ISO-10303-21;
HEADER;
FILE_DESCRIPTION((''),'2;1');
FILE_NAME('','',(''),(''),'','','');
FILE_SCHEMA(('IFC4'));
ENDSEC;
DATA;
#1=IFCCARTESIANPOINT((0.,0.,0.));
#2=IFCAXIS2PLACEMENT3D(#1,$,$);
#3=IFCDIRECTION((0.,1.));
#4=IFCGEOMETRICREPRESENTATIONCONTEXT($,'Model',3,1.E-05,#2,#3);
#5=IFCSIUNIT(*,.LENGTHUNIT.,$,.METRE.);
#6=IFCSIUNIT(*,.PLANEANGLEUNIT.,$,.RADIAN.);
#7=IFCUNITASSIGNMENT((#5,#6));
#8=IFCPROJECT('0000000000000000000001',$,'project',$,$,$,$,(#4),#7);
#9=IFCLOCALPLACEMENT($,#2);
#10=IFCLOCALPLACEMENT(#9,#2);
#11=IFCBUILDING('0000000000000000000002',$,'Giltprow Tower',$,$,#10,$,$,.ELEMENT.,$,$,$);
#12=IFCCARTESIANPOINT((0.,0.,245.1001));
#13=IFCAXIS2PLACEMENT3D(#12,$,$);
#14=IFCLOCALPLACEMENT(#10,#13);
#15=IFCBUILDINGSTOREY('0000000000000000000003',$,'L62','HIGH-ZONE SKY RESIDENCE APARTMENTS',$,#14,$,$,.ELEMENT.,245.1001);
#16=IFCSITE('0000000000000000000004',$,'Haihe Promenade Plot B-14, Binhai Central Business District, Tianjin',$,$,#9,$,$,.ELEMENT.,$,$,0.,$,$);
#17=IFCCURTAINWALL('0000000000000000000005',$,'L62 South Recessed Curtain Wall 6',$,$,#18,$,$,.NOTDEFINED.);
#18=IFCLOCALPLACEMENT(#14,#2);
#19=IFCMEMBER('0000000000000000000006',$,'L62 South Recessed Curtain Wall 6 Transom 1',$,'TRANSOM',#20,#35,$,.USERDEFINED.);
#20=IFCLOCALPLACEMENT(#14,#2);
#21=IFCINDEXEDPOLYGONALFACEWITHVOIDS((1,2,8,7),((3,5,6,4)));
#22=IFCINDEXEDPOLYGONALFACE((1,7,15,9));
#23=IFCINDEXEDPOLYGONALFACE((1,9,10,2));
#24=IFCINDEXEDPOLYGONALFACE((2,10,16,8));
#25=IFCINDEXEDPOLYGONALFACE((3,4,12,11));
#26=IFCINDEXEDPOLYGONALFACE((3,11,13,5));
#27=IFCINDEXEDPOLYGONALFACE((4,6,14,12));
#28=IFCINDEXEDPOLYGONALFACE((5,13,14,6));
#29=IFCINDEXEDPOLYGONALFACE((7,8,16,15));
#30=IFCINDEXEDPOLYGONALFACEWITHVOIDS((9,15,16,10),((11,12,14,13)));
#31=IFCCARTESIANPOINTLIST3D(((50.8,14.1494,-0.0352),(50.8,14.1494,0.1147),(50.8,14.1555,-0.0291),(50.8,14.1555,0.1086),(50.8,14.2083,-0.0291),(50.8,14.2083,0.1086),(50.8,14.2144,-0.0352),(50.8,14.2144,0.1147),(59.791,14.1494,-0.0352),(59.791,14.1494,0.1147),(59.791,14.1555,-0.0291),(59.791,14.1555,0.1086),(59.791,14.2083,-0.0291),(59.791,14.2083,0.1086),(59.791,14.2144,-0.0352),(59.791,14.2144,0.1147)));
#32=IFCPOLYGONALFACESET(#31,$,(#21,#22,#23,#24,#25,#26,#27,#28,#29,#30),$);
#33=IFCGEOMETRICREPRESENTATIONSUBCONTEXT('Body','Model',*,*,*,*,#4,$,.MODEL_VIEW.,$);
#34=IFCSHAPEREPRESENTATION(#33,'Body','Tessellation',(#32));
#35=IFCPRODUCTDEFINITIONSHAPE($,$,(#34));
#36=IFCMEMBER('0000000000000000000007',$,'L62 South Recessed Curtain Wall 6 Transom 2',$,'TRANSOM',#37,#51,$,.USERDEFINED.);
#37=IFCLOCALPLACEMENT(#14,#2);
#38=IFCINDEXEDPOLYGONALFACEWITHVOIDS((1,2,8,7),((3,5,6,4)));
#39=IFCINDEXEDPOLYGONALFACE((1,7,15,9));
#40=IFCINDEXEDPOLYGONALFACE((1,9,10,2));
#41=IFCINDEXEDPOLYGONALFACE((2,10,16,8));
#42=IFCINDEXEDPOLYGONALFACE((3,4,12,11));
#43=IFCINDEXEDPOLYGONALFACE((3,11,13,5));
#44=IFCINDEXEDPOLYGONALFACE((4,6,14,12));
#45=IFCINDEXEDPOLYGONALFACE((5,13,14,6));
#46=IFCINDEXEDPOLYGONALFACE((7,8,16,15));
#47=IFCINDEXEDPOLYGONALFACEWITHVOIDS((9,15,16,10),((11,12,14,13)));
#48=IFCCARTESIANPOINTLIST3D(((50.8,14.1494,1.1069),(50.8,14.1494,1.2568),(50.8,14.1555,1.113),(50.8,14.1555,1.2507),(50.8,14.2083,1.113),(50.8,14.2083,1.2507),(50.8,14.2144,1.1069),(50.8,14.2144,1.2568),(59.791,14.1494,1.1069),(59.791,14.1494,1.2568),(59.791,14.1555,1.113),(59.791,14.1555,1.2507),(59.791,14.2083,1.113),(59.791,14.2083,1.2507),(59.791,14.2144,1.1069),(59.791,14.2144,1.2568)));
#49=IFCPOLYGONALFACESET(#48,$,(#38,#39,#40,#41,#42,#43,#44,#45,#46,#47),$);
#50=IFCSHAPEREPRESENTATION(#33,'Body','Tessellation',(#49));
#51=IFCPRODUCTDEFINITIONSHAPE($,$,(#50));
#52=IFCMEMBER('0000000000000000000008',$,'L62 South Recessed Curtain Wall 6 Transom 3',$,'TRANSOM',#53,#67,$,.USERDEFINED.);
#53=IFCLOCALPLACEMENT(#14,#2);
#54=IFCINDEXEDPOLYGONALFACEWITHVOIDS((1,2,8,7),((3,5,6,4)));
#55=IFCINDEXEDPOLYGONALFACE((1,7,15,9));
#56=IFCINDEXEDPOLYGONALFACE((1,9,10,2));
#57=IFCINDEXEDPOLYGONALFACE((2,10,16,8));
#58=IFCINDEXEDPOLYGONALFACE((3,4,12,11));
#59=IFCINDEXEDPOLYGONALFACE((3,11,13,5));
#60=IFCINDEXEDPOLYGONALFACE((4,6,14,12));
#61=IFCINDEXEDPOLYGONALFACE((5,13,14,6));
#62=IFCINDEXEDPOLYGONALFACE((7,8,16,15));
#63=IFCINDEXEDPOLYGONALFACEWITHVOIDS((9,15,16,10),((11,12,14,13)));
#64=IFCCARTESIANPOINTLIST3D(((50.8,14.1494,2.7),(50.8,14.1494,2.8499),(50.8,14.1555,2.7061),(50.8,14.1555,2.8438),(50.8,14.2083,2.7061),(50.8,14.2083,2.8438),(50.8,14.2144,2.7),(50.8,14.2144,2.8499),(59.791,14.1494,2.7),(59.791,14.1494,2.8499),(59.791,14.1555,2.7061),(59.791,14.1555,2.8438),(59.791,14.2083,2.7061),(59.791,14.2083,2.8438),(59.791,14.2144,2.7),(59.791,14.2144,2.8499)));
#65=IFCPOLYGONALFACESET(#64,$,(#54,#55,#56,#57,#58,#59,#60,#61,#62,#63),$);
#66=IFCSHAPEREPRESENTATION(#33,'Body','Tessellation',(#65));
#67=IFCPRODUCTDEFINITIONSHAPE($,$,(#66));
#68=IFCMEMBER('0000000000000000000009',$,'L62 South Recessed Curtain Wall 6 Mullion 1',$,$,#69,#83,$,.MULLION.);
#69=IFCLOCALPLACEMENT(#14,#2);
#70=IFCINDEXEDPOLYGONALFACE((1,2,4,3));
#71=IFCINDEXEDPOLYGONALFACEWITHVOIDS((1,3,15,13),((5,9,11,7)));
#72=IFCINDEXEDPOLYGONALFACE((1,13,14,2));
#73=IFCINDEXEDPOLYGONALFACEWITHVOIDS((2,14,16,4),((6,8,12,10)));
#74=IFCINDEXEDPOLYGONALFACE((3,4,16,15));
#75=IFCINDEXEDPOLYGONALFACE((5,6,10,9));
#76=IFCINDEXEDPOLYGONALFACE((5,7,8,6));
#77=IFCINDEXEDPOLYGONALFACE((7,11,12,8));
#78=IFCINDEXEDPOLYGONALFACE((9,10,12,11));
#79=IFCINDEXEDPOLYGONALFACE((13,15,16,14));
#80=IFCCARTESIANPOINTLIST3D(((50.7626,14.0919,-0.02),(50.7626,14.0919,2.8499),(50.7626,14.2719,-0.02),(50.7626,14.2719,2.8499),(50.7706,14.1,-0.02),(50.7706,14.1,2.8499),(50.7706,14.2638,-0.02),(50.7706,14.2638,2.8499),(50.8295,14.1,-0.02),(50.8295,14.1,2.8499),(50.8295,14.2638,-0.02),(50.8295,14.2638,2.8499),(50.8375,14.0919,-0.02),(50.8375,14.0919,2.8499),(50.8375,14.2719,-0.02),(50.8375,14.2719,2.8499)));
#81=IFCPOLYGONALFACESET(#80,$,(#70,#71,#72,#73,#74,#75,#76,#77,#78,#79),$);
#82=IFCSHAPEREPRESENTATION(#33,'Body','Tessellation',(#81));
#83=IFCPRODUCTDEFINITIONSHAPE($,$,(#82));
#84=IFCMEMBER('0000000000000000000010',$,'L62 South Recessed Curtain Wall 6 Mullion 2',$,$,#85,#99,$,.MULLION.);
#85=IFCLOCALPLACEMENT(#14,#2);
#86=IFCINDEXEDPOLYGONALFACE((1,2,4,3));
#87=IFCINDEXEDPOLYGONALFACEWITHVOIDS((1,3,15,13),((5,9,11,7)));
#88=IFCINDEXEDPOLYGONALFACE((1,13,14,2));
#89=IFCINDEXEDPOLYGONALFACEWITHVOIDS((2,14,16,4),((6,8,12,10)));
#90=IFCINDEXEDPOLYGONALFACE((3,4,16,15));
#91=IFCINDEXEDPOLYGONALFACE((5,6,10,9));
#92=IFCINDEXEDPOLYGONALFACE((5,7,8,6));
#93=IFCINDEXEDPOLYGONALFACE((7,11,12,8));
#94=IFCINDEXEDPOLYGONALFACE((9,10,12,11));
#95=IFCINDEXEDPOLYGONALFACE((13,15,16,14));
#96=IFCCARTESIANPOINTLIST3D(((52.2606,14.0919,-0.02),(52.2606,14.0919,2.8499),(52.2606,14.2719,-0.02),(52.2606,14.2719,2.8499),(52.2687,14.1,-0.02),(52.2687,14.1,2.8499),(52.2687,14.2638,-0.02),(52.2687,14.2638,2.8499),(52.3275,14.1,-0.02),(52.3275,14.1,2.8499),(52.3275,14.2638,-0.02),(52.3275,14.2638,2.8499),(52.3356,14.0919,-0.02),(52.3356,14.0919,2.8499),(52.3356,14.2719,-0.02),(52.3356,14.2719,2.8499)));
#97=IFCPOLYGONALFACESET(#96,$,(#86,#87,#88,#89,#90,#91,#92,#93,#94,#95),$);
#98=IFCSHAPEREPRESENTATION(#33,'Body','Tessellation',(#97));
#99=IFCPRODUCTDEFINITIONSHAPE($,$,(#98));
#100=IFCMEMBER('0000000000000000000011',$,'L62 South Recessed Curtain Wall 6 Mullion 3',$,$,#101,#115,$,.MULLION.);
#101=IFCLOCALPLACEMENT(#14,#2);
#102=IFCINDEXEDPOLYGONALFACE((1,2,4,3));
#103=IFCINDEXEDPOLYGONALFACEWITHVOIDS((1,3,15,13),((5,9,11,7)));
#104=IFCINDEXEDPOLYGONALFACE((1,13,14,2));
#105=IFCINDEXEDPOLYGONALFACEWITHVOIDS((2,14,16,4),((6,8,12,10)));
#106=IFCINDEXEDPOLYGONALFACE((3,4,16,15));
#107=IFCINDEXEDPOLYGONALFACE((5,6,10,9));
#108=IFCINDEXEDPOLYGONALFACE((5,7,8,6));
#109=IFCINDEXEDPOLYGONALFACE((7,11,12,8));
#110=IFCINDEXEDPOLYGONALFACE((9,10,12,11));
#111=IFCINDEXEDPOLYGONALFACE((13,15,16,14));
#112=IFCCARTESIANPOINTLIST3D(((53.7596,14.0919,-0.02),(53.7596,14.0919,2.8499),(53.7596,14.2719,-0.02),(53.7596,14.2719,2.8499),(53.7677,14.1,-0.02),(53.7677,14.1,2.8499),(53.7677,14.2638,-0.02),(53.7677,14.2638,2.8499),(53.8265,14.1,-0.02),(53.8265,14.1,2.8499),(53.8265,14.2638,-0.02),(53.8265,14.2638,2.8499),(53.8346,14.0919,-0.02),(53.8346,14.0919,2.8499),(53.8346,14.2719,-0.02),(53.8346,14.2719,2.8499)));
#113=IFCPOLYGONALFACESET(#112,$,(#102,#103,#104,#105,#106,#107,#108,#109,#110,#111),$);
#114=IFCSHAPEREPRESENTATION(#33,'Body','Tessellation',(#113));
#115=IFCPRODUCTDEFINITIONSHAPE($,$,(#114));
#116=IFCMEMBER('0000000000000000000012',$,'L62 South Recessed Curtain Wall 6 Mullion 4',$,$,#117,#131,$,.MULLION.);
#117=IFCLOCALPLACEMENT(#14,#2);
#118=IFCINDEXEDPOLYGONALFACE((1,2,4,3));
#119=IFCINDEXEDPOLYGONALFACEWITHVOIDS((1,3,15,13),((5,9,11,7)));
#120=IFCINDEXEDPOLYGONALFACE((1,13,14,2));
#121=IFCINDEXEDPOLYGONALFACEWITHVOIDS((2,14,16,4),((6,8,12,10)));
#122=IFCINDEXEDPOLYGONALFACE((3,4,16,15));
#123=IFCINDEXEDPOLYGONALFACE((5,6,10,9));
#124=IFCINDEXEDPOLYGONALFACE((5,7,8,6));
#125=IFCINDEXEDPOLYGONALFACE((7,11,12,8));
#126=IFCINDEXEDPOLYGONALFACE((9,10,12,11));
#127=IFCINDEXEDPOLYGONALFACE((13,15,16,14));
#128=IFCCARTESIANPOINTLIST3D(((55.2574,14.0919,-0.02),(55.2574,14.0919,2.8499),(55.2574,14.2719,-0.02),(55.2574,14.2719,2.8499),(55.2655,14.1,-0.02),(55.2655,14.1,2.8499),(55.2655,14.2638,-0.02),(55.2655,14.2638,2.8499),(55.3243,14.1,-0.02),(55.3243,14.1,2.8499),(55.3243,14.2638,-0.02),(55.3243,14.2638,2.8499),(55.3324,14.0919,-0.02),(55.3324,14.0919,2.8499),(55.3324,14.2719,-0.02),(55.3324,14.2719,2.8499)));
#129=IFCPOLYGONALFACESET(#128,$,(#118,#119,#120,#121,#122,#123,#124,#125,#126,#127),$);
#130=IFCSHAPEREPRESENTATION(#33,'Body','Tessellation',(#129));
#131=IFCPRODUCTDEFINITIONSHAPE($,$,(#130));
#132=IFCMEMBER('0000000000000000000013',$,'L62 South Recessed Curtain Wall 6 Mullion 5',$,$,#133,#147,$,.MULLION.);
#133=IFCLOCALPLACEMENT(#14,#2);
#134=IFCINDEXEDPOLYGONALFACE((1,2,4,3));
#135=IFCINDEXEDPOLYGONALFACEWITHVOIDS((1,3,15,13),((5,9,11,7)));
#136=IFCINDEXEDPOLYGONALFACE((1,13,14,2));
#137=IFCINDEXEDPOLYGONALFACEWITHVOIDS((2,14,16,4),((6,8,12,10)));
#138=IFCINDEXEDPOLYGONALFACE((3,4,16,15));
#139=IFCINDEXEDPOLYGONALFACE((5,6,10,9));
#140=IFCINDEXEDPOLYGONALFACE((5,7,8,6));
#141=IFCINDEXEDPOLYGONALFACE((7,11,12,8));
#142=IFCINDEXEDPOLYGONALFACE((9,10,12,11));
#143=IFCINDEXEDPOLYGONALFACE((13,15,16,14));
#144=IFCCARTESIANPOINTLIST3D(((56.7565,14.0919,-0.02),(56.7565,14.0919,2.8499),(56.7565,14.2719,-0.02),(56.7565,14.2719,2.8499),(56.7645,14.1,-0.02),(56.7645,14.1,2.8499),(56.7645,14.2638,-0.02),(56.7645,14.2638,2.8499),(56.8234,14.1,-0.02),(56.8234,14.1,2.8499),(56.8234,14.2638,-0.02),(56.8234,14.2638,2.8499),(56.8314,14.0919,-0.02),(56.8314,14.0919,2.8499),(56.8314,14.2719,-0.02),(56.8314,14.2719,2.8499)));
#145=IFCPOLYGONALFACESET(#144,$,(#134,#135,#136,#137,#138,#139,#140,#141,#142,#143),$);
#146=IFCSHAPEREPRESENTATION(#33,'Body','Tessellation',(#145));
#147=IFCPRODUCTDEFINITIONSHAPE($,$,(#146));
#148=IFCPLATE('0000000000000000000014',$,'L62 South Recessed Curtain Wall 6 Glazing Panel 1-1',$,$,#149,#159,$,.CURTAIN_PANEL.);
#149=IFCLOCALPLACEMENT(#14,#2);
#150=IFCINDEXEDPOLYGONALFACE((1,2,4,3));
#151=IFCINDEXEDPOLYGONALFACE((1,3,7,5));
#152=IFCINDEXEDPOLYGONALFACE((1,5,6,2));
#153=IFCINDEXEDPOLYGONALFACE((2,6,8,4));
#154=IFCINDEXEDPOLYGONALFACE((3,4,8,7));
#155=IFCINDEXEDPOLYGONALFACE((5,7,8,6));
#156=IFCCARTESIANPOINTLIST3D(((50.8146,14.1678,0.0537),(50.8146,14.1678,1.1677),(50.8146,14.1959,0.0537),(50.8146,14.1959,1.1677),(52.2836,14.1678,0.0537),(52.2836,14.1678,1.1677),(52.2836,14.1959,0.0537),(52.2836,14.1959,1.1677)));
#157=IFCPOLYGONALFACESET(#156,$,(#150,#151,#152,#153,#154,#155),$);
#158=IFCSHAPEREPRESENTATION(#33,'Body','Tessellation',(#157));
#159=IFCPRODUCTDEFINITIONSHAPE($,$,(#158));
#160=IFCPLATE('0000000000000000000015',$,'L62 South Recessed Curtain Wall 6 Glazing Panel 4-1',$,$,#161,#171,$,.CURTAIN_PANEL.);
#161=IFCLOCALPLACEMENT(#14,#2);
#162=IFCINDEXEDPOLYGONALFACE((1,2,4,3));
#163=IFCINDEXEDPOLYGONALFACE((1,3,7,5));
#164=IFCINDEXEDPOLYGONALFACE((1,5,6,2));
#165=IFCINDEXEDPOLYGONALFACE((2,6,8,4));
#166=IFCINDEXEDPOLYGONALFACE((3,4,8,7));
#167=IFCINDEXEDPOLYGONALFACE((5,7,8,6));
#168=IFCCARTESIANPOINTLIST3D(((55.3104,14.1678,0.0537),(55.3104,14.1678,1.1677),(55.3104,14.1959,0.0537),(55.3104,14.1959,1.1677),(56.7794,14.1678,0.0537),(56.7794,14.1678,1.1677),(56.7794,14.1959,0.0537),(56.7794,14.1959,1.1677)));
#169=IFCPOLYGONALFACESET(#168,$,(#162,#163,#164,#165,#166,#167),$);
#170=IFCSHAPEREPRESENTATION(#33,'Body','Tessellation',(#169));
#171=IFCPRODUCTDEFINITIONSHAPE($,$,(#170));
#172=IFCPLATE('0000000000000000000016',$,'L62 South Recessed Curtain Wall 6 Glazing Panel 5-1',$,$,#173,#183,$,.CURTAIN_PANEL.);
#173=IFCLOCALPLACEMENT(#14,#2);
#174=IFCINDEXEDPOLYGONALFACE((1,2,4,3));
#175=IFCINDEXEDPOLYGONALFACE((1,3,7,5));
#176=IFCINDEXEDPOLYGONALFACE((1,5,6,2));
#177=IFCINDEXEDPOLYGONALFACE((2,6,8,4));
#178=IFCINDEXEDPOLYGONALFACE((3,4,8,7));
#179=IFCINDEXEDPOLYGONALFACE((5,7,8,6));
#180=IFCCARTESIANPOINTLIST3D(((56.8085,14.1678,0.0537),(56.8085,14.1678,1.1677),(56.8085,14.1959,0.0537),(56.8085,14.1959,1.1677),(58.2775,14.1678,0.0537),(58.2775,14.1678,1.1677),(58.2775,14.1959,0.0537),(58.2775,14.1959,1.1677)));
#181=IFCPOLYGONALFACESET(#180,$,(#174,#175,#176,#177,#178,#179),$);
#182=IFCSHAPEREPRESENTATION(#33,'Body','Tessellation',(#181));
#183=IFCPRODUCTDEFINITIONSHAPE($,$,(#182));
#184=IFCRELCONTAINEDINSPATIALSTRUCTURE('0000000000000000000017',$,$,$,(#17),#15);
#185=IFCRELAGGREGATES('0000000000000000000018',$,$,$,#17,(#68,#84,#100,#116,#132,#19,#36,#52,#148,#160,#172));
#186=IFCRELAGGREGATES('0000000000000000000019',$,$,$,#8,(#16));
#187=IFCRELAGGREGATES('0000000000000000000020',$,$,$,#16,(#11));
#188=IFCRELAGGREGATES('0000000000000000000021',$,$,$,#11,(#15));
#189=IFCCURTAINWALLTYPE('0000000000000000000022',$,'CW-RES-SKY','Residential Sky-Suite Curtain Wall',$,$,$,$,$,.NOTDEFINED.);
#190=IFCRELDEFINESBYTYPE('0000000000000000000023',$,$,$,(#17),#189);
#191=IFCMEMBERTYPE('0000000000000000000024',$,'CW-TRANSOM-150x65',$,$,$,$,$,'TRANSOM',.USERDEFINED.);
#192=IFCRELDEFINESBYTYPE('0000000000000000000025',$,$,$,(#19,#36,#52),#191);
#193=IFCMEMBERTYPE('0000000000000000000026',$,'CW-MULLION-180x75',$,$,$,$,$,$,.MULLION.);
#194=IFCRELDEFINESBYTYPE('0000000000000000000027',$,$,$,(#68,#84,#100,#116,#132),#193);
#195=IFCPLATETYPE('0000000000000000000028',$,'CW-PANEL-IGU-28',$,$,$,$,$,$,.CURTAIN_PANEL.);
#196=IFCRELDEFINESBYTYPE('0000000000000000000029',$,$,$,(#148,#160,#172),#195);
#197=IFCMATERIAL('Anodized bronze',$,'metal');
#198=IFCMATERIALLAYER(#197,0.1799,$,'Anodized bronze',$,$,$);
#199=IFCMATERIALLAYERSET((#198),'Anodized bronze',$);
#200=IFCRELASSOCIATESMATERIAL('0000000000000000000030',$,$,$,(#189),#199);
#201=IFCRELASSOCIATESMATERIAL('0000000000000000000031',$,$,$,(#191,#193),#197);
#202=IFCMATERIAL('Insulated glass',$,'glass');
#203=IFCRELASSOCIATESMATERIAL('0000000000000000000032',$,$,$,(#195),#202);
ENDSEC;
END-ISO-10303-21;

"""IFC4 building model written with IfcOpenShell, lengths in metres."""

from ifc_helpers import new_model, si_unit, direction, frame, origin, origin_2d, place, context, subcontext, project, spatial, rectangle, hollow_rectangle, extrude, source, transform, mapped, material, layer, layer_set, material_profile, profile_set, type_object, element, aggregate, save


model = new_model("IFC4")

# Units and contexts
model_context = context("Model", 3, precision=1e-05, world=origin(), true_north=direction((0.0, 1.0)))
body_context = subcontext(model_context, "Body", "Model", "MODEL_VIEW")
ifc_project = project(units=[si_unit("LENGTHUNIT", "METRE"), si_unit("PLANEANGLEUNIT", "RADIAN")], contexts=[model_context])

# Site, building, storey
site_placement = place(None, origin())
site = spatial("IfcSite", under=ifc_project, at=site_placement, Name="Haihe Promenade Plot B-14, Binhai Central Business District, Tianjin", CompositionType="ELEMENT", RefElevation=0.0)
building_placement = place(site_placement, origin())
building = spatial("IfcBuilding", under=site, at=building_placement, Name="Giltprow Tower", CompositionType="ELEMENT")
storey_placement = place(building_placement, frame((0.0, 0.0, 245.1001)))
storey = spatial("IfcBuildingStorey", under=building, at=storey_placement, Name="L62", Description="HIGH-ZONE SKY RESIDENCE APARTMENTS", CompositionType="ELEMENT", Elevation=245.1001)

# Curtain wall, members, plates
ifc_material_1 = material(Name="Anodized bronze", Category="metal")
ifc_layer = layer(ifc_material_1, 0.1799, Name="Anodized bronze")
ifc_layer_set = layer_set([ifc_layer], Name="Anodized bronze")
curtain_wall_type = type_object("IfcCurtainWallType", Name="CW-RES-SKY", Description="Residential Sky-Suite Curtain Wall", PredefinedType="NOTDEFINED", material=ifc_layer_set)
curtain_wall_placement = place(storey_placement, origin())
curtain_wall = element("IfcCurtainWall", 1, at=curtain_wall_placement, inside=storey, type_object=curtain_wall_type, Name="L62 South Recessed Curtain Wall 6", PredefinedType="NOTDEFINED")
ifc_material_profile_1 = material_profile(ifc_material_1, hollow_rectangle(XDim=0.0649, YDim=0.1499, WallThickness=0.0061, at=origin_2d()), Name="RHS 150x65x6")
ifc_profile_set_1 = profile_set([ifc_material_profile_1], Name="Anodized bronze")
member_type_1 = type_object("IfcMemberType", Name="CW-TRANSOM-150x65", ElementType="TRANSOM", PredefinedType="USERDEFINED", material=ifc_profile_set_1)
shared_shape_1 = source(origin(), body_context, "Body", "SweptSolid", [
    extrude(hollow_rectangle(XDim=0.0649, YDim=0.1499, WallThickness=0.0061, at=origin_2d()), origin(), (0.0, 0.0, 1.0), 8.991),
])
member_1_placement = place(storey_placement, frame((50.8, 14.1819, 0.0398), z_axis=(1.0, 0.0, 0.0), x_axis=(0.0, 1.0, 0.0)))
member_1 = element("IfcMember", 2, at=member_1_placement, type_object=member_type_1, Name="L62 South Recessed Curtain Wall 6 Transom 1", ObjectType="TRANSOM", PredefinedType="USERDEFINED", context=body_context, shape_type="MappedRepresentation", body=[
    mapped(shared_shape_1, transform((0.0, 0.0, 0.0), x_axis=(1.0, 0.0, 0.0), y_axis=(0.0, 1.0, 0.0), z_axis=(0.0, 0.0, 1.0), scale=1.0)),
])
member_2_placement = place(storey_placement, frame((50.8, 14.1819, 1.1819), z_axis=(1.0, 0.0, 0.0), x_axis=(0.0, 1.0, 0.0)))
member_2 = element("IfcMember", 3, at=member_2_placement, type_object=member_type_1, Name="L62 South Recessed Curtain Wall 6 Transom 2", ObjectType="TRANSOM", PredefinedType="USERDEFINED", context=body_context, shape_type="MappedRepresentation", body=[
    mapped(shared_shape_1, transform((0.0, 0.0, 0.0), x_axis=(1.0, 0.0, 0.0), y_axis=(0.0, 1.0, 0.0), z_axis=(0.0, 0.0, 1.0), scale=1.0)),
])
member_3_placement = place(storey_placement, frame((50.8, 14.1819, 2.7749), z_axis=(1.0, 0.0, 0.0), x_axis=(0.0, 1.0, 0.0)))
member_3 = element("IfcMember", 4, at=member_3_placement, type_object=member_type_1, Name="L62 South Recessed Curtain Wall 6 Transom 3", ObjectType="TRANSOM", PredefinedType="USERDEFINED", context=body_context, shape_type="MappedRepresentation", body=[
    mapped(shared_shape_1, transform((0.0, 0.0, 0.0), x_axis=(1.0, 0.0, 0.0), y_axis=(0.0, 1.0, 0.0), z_axis=(0.0, 0.0, 1.0), scale=1.0)),
])
ifc_material_profile_2 = material_profile(ifc_material_1, hollow_rectangle(XDim=0.075, YDim=0.1799, WallThickness=0.0081, at=origin_2d()), Name="RHS 180x75x8")
ifc_profile_set_2 = profile_set([ifc_material_profile_2], Name="Anodized bronze")
member_type_2 = type_object("IfcMemberType", Name="CW-MULLION-180x75", PredefinedType="MULLION", material=ifc_profile_set_2)
shared_shape_2 = source(origin(), body_context, "Body", "SweptSolid", [
    extrude(hollow_rectangle(XDim=0.075, YDim=0.1799, WallThickness=0.0081, at=origin_2d()), origin(), (0.0, 0.0, 1.0), 2.8699),
])
member_4_placement = place(storey_placement, frame((50.8, 14.1819, -0.02), z_axis=(0.0, 0.0, 1.0), x_axis=(1.0, 0.0, 0.0)))
member_4 = element("IfcMember", 5, at=member_4_placement, type_object=member_type_2, Name="L62 South Recessed Curtain Wall 6 Mullion 1", PredefinedType="MULLION", context=body_context, shape_type="MappedRepresentation", body=[
    mapped(shared_shape_2, transform((0.0, 0.0, 0.0), x_axis=(1.0, 0.0, 0.0), y_axis=(0.0, 1.0, 0.0), z_axis=(0.0, 0.0, 1.0), scale=1.0)),
])
member_5_placement = place(storey_placement, frame((52.2981, 14.1819, -0.02), z_axis=(0.0, 0.0, 1.0), x_axis=(1.0, 0.0, 0.0)))
member_5 = element("IfcMember", 6, at=member_5_placement, type_object=member_type_2, Name="L62 South Recessed Curtain Wall 6 Mullion 2", PredefinedType="MULLION", context=body_context, shape_type="MappedRepresentation", body=[
    mapped(shared_shape_2, transform((0.0, 0.0, 0.0), x_axis=(1.0, 0.0, 0.0), y_axis=(0.0, 1.0, 0.0), z_axis=(0.0, 0.0, 1.0), scale=1.0)),
])
member_6_placement = place(storey_placement, frame((53.7971, 14.1819, -0.02), z_axis=(0.0, 0.0, 1.0), x_axis=(1.0, 0.0, 0.0)))
member_6 = element("IfcMember", 7, at=member_6_placement, type_object=member_type_2, Name="L62 South Recessed Curtain Wall 6 Mullion 3", PredefinedType="MULLION", context=body_context, shape_type="MappedRepresentation", body=[
    mapped(shared_shape_2, transform((0.0, 0.0, 0.0), x_axis=(1.0, 0.0, 0.0), y_axis=(0.0, 1.0, 0.0), z_axis=(0.0, 0.0, 1.0), scale=1.0)),
])
member_7_placement = place(storey_placement, frame((55.2949, 14.1819, -0.02), z_axis=(0.0, 0.0, 1.0), x_axis=(1.0, 0.0, 0.0)))
member_7 = element("IfcMember", 8, at=member_7_placement, type_object=member_type_2, Name="L62 South Recessed Curtain Wall 6 Mullion 4", PredefinedType="MULLION", context=body_context, shape_type="MappedRepresentation", body=[
    mapped(shared_shape_2, transform((0.0, 0.0, 0.0), x_axis=(1.0, 0.0, 0.0), y_axis=(0.0, 1.0, 0.0), z_axis=(0.0, 0.0, 1.0), scale=1.0)),
])
member_8_placement = place(storey_placement, frame((56.7939, 14.1819, -0.02), z_axis=(0.0, 0.0, 1.0), x_axis=(1.0, 0.0, 0.0)))
member_8 = element("IfcMember", 9, at=member_8_placement, type_object=member_type_2, Name="L62 South Recessed Curtain Wall 6 Mullion 5", PredefinedType="MULLION", context=body_context, shape_type="MappedRepresentation", body=[
    mapped(shared_shape_2, transform((0.0, 0.0, 0.0), x_axis=(1.0, 0.0, 0.0), y_axis=(0.0, 1.0, 0.0), z_axis=(0.0, 0.0, 1.0), scale=1.0)),
])
ifc_material_2 = material(Name="Insulated glass", Category="glass")
plate_type = type_object("IfcPlateType", Name="CW-PANEL-IGU-28", PredefinedType="CURTAIN_PANEL", material=ifc_material_2)
shared_shape_3 = source(origin(), body_context, "Body", "SweptSolid", [
    extrude(rectangle(XDim=1.469, YDim=0.0281, at=origin_2d()), origin(), (0.0, 0.0, 1.0), 1.114),
])
plate_1_placement = place(storey_placement, frame((51.5491, 14.1819, 0.0537), z_axis=(0.0, 0.0, 1.0), x_axis=(1.0, 0.0, 0.0)))
plate_1 = element("IfcPlate", 10, at=plate_1_placement, type_object=plate_type, Name="L62 South Recessed Curtain Wall 6 Glazing Panel 1-1", PredefinedType="CURTAIN_PANEL", context=body_context, shape_type="MappedRepresentation", body=[
    mapped(shared_shape_3, transform((0.0, 0.0, 0.0), x_axis=(1.0, 0.0, 0.0), y_axis=(0.0, 1.0, 0.0), z_axis=(0.0, 0.0, 1.0), scale=1.0)),
])
plate_2_placement = place(storey_placement, frame((56.0449, 14.1819, 0.0537), z_axis=(0.0, 0.0, 1.0), x_axis=(1.0, 0.0, 0.0)))
plate_2 = element("IfcPlate", 11, at=plate_2_placement, type_object=plate_type, Name="L62 South Recessed Curtain Wall 6 Glazing Panel 4-1", PredefinedType="CURTAIN_PANEL", context=body_context, shape_type="MappedRepresentation", body=[
    mapped(shared_shape_3, transform((0.0, 0.0, 0.0), x_axis=(1.0, 0.0, 0.0), y_axis=(0.0, 1.0, 0.0), z_axis=(0.0, 0.0, 1.0), scale=1.0)),
])
plate_3_placement = place(storey_placement, frame((57.543, 14.1819, 0.0537), z_axis=(0.0, 0.0, 1.0), x_axis=(1.0, 0.0, 0.0)))
plate_3 = element("IfcPlate", 12, at=plate_3_placement, type_object=plate_type, Name="L62 South Recessed Curtain Wall 6 Glazing Panel 5-1", PredefinedType="CURTAIN_PANEL", context=body_context, shape_type="MappedRepresentation", body=[
    mapped(shared_shape_3, transform((0.0, 0.0, 0.0), x_axis=(1.0, 0.0, 0.0), y_axis=(0.0, 1.0, 0.0), z_axis=(0.0, 0.0, 1.0), scale=1.0)),
])
aggregate(curtain_wall, [member_4, member_5, member_6, member_7, member_8, member_1, member_2, member_3, plate_1, plate_2, plate_3])

save(model, "model.ifc")
